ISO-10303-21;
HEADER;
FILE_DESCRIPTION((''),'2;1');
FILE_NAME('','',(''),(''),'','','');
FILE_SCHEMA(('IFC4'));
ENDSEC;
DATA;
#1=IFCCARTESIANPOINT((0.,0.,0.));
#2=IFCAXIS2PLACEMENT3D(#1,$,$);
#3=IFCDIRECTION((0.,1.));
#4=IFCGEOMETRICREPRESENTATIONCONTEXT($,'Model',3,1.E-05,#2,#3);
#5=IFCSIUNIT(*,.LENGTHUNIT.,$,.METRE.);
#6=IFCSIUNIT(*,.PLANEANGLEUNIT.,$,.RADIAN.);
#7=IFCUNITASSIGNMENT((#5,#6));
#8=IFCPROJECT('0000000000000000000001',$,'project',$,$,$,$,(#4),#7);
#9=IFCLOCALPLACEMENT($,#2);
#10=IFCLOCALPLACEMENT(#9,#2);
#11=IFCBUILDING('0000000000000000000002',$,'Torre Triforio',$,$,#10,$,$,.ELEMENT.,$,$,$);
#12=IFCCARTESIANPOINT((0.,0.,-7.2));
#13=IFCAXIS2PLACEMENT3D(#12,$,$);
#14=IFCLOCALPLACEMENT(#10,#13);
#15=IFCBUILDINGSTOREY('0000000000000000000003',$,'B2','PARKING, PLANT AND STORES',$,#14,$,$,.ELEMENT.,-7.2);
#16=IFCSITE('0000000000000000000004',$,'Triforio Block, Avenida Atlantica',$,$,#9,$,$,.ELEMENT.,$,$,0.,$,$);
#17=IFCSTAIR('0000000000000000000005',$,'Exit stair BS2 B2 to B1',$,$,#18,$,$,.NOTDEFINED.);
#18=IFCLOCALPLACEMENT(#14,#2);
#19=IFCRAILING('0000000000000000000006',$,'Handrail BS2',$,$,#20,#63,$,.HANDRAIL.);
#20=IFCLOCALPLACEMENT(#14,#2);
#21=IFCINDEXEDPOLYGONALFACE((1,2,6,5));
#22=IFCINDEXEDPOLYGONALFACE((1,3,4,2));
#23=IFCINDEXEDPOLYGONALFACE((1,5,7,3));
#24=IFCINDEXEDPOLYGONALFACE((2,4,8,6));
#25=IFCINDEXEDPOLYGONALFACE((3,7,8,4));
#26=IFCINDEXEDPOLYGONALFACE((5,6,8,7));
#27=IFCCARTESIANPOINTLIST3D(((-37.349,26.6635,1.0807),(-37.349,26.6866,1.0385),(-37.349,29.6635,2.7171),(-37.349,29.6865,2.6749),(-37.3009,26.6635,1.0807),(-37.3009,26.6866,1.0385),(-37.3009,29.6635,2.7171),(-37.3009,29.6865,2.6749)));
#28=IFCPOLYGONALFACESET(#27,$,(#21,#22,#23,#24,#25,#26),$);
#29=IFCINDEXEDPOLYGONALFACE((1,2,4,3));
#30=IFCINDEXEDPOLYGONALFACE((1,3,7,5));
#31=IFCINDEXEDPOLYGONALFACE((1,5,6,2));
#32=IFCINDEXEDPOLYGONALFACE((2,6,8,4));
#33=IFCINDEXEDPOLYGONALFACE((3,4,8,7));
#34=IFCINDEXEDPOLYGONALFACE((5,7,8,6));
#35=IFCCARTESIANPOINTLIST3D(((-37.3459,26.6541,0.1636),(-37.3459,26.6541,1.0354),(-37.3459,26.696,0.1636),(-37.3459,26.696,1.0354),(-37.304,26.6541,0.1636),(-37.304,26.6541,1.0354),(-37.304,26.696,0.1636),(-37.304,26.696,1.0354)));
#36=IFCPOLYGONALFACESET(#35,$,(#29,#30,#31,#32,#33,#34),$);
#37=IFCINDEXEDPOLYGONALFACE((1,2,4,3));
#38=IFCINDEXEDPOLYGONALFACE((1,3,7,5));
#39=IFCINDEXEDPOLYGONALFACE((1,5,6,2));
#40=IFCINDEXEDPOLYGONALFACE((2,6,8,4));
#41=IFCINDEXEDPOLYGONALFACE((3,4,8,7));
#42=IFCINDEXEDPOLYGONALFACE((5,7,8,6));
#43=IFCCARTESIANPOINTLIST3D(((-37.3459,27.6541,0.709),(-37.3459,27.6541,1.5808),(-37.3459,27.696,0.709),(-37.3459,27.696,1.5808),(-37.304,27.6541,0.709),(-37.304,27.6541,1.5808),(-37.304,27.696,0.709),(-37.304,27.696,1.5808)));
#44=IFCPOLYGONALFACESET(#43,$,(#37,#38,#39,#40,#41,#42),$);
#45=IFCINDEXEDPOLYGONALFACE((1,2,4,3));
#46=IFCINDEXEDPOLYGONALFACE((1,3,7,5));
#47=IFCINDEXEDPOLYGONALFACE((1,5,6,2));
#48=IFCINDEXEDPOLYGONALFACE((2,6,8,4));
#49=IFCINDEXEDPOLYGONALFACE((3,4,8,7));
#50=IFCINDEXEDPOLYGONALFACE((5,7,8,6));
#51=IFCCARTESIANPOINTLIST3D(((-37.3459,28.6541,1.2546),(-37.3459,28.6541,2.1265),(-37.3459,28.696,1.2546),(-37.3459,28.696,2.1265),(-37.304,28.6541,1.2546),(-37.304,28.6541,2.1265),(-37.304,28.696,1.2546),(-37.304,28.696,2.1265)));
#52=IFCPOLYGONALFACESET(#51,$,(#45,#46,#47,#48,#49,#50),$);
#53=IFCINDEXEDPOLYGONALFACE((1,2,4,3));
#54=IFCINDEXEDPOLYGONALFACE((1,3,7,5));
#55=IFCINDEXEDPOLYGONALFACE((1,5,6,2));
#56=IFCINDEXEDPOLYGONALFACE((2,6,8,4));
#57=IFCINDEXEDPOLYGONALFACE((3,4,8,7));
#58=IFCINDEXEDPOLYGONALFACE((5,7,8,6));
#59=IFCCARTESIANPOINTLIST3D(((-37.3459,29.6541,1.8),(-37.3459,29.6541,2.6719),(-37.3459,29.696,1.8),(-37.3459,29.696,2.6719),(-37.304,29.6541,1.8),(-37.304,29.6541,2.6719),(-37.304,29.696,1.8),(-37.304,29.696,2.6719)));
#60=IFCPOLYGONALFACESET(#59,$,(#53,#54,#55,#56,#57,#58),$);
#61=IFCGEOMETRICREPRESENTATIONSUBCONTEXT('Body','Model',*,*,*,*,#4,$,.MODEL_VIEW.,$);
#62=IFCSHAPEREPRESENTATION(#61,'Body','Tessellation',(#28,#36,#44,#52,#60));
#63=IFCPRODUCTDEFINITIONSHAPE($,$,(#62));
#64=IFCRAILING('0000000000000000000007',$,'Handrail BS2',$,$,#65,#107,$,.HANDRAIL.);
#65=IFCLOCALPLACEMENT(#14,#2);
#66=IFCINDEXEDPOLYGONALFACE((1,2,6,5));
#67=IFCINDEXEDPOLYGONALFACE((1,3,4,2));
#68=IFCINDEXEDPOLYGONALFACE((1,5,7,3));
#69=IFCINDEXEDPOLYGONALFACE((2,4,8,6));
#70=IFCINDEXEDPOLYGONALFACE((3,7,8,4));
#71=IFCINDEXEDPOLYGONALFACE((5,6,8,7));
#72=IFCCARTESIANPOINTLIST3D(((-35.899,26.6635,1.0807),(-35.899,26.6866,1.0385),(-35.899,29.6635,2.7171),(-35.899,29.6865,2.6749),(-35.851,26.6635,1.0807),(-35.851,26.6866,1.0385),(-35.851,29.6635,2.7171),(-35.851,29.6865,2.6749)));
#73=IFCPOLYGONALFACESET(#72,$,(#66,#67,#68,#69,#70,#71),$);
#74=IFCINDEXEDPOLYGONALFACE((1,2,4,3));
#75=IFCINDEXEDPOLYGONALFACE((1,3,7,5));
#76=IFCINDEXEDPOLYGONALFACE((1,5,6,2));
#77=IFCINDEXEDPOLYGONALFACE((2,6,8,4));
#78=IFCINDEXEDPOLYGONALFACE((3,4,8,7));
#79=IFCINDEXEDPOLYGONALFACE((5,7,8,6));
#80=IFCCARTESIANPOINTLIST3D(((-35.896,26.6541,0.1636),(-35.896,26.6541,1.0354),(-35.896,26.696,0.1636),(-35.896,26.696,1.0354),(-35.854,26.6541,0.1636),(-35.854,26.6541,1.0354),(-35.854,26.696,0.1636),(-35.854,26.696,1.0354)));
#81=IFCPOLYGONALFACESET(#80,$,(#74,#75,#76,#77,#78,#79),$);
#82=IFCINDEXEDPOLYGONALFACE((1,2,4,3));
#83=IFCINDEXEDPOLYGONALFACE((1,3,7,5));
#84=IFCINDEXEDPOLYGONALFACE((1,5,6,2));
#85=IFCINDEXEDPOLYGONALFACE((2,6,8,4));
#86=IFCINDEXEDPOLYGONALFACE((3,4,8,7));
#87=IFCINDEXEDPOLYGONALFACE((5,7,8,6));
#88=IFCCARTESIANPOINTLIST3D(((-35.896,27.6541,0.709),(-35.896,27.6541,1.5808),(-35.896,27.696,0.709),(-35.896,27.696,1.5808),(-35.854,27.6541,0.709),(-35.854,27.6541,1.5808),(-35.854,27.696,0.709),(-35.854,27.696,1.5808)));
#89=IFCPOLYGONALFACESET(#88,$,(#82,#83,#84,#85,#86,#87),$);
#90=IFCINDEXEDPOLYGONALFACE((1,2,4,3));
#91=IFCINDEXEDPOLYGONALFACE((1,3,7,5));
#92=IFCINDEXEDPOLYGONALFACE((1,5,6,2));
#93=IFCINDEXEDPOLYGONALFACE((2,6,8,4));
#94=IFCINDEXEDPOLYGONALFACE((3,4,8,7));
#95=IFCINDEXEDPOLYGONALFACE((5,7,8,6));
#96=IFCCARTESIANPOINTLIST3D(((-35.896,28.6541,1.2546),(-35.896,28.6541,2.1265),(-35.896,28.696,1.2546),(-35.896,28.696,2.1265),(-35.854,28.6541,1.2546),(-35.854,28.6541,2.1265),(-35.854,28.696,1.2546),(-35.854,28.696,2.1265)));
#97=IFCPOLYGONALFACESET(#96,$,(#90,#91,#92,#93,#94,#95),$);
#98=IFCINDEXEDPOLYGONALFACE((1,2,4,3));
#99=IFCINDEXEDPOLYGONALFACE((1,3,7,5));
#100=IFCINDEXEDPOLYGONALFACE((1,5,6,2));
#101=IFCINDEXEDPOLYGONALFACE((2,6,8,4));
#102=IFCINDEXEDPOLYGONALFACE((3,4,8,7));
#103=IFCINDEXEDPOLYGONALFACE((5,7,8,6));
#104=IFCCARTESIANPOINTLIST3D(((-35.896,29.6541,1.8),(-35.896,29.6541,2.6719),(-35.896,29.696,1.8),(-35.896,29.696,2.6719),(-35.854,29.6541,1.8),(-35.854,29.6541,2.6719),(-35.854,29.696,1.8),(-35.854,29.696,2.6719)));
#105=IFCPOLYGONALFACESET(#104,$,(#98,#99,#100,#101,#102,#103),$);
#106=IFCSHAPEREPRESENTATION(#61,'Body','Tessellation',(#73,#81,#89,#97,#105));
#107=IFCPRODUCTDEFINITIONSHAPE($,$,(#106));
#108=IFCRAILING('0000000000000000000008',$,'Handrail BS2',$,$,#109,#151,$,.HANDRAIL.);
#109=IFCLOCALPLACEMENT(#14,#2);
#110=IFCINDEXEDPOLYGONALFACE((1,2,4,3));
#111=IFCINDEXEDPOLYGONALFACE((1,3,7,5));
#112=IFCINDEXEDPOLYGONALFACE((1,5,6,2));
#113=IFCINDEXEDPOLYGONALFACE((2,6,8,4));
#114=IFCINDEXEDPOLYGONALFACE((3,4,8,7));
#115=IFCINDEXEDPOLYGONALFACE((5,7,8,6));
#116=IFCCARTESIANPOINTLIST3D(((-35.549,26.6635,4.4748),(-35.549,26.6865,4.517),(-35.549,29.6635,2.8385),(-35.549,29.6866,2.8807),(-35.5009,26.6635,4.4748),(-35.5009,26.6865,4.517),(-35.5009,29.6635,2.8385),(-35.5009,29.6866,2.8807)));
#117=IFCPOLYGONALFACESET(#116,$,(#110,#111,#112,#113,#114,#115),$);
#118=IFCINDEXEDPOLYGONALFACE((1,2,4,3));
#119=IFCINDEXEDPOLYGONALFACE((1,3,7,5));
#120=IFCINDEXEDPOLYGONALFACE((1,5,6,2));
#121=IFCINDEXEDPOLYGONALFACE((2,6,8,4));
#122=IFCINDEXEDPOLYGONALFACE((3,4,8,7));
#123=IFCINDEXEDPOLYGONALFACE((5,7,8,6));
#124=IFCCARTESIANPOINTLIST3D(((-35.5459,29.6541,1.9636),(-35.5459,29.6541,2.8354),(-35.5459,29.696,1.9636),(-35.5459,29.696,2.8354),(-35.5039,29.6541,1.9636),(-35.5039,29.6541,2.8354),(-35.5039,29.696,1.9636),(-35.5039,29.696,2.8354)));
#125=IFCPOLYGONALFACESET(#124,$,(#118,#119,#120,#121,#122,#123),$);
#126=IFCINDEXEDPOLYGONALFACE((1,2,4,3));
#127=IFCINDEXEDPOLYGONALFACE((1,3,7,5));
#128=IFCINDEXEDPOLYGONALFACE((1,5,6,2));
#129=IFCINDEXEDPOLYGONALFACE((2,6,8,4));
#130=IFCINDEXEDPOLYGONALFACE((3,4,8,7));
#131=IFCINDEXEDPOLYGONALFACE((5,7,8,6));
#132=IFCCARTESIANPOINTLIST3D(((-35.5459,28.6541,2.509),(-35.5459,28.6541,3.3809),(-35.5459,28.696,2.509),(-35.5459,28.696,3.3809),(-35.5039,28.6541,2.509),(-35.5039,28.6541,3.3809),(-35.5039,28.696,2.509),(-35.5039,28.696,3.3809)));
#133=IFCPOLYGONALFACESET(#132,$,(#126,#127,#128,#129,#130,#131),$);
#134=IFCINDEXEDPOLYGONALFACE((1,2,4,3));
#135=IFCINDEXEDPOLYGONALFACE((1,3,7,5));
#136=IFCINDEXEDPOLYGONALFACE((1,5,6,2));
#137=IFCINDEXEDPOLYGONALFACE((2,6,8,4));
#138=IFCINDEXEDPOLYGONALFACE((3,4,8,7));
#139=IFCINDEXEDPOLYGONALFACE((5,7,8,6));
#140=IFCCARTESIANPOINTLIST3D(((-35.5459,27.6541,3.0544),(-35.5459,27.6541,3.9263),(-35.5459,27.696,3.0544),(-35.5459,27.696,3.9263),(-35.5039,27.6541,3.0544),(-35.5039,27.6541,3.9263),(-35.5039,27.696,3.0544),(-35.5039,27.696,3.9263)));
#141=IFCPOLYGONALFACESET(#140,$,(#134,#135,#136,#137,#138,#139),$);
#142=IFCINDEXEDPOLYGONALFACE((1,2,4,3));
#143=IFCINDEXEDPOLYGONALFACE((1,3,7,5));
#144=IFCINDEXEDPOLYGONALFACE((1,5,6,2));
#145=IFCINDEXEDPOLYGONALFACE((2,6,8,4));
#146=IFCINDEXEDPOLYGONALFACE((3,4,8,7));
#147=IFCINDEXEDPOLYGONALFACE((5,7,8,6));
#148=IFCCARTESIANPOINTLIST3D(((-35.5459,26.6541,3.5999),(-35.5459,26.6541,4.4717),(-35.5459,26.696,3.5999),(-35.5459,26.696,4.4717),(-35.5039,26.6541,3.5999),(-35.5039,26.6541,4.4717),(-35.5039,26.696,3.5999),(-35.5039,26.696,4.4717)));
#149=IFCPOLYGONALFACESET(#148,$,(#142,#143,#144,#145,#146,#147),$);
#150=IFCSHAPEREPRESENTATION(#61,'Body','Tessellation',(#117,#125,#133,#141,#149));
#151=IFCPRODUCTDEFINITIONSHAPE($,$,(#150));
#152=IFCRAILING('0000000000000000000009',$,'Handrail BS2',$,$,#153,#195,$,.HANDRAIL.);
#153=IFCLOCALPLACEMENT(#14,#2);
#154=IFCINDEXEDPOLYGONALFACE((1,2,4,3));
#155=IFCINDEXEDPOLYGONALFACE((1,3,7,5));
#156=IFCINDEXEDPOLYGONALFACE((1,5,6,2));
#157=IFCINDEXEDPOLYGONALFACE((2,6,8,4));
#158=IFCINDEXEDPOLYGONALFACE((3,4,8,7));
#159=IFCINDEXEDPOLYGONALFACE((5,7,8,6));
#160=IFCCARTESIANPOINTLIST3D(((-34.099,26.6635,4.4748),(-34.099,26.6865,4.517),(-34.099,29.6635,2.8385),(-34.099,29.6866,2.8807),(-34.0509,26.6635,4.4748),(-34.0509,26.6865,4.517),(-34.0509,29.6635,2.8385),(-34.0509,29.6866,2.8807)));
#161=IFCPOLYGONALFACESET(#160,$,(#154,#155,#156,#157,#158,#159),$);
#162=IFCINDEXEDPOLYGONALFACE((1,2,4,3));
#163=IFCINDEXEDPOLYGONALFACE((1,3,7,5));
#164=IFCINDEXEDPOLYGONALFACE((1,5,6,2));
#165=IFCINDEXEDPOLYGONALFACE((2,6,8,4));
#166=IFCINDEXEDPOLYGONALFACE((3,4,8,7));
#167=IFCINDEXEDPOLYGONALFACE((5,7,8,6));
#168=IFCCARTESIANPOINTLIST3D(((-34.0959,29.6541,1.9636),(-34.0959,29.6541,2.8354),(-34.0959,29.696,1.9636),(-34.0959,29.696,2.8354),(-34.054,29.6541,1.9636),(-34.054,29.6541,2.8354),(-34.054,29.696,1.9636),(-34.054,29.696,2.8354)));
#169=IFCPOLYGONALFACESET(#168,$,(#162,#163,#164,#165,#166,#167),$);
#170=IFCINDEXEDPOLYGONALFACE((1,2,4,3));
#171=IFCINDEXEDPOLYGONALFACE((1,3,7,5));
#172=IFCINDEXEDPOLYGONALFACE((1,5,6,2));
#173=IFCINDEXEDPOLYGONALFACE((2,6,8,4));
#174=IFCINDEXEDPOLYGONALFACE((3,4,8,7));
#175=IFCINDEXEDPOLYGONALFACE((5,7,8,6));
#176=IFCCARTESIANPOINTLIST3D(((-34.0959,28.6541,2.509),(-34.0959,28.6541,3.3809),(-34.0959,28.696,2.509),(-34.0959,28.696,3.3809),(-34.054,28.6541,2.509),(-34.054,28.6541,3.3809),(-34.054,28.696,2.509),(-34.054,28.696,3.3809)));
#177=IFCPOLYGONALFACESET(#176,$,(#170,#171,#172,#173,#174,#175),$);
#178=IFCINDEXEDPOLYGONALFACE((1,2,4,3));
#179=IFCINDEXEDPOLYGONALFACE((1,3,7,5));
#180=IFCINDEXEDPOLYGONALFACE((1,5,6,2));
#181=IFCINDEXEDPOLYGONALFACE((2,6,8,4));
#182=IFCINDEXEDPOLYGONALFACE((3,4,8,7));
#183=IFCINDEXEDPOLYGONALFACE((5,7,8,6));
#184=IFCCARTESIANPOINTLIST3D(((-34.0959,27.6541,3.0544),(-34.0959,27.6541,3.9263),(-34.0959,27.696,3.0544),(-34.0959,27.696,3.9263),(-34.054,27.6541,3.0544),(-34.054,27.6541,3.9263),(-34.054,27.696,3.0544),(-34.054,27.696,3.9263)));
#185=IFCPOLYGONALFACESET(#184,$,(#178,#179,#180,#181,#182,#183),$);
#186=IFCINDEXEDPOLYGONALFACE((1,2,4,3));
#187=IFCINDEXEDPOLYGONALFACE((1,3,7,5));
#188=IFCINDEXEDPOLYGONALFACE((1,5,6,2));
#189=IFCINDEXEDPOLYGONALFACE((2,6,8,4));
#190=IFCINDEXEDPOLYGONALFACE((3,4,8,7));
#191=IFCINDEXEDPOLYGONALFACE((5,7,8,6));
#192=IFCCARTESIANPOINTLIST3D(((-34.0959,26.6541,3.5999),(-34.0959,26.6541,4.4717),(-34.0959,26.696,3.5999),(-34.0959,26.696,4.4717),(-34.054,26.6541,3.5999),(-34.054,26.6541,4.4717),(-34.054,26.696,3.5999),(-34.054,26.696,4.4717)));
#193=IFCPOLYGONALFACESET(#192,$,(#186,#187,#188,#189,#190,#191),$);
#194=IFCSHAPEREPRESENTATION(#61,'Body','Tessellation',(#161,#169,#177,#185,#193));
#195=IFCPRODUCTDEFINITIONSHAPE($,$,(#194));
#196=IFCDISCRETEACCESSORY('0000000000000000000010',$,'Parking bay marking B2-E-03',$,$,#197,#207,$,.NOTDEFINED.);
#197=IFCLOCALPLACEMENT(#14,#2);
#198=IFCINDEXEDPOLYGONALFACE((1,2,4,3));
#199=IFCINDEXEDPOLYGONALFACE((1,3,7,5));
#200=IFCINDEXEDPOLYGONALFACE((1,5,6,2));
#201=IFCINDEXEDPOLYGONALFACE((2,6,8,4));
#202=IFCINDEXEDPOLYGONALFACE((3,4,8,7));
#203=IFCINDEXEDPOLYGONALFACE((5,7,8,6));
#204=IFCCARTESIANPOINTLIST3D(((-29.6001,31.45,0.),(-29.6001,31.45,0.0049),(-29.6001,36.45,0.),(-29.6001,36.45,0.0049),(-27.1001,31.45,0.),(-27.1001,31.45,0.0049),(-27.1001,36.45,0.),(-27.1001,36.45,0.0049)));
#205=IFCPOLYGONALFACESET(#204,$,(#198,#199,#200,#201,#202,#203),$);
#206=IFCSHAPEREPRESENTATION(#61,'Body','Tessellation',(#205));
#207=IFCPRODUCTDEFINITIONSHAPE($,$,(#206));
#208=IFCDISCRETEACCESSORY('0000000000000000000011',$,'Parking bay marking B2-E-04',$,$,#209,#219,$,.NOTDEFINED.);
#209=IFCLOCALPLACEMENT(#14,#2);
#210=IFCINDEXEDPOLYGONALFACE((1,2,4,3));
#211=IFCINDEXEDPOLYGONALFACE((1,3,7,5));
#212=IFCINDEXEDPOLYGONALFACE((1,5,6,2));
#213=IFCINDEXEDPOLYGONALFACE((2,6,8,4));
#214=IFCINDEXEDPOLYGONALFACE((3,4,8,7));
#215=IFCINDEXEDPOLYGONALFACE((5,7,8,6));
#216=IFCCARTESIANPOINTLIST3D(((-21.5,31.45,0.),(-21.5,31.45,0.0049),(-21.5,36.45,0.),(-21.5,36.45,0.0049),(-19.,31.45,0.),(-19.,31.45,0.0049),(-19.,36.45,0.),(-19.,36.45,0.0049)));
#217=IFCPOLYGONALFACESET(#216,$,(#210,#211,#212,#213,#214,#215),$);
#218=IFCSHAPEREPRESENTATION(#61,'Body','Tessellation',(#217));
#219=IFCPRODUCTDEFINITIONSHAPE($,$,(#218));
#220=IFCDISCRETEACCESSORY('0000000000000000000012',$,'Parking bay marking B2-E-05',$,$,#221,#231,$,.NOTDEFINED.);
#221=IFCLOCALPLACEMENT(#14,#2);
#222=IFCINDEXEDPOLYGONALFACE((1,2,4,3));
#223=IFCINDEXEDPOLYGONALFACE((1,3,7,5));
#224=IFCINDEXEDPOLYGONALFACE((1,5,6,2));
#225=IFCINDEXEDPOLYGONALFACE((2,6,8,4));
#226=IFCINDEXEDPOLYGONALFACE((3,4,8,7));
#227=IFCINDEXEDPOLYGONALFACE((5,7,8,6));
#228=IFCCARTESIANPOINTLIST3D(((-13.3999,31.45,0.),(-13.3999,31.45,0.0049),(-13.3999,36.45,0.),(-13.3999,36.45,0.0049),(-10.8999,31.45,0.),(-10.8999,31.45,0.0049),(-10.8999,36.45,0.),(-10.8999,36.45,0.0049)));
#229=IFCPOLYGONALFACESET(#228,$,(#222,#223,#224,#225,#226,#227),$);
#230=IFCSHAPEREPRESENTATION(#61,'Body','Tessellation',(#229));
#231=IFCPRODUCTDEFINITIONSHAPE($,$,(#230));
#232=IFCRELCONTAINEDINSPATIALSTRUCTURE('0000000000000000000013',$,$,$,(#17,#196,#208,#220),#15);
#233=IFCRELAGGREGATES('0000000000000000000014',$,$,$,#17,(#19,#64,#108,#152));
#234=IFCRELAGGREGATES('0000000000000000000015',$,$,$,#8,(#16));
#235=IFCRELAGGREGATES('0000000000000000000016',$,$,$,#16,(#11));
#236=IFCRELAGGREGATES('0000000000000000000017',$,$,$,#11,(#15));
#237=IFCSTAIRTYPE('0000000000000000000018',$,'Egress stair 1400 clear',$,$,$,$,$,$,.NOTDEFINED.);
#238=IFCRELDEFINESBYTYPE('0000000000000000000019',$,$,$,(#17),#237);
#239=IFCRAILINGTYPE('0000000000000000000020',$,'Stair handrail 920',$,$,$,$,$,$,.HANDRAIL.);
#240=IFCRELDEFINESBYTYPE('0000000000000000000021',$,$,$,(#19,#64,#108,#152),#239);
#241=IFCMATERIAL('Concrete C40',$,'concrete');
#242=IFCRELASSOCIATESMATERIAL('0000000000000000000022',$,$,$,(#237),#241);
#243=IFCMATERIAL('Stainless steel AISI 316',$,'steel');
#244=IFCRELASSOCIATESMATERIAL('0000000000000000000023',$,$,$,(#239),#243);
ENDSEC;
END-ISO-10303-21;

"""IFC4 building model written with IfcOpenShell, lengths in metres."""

from ifc_helpers import new_model, si_unit, direction, frame, origin, origin_2d, place, context, subcontext, project, spatial, rectangle, extrude, material, type_object, element, aggregate, save


model = new_model("IFC4")

# Units and contexts
model_context = context("Model", 3, precision=1e-05, world=origin(), true_north=direction((0.0, 1.0)))
body_context = subcontext(model_context, "Body", "Model", "MODEL_VIEW")
ifc_project = project(units=[si_unit("LENGTHUNIT", "METRE"), si_unit("PLANEANGLEUNIT", "RADIAN")], contexts=[model_context])

# Site, building, storey
site_placement = place(None, origin())
site = spatial("IfcSite", under=ifc_project, at=site_placement, Name="Triforio Block, Avenida Atlantica", CompositionType="ELEMENT", RefElevation=0.0)
building_placement = place(site_placement, origin())
building = spatial("IfcBuilding", under=site, at=building_placement, Name="Torre Triforio", CompositionType="ELEMENT")
storey_placement = place(building_placement, frame((0.0, 0.0, -7.2)))
storey = spatial("IfcBuildingStorey", under=building, at=storey_placement, Name="B2", Description="PARKING, PLANT AND STORES", CompositionType="ELEMENT", Elevation=-7.2)

# Shared definitions
ifc_material_1 = material(Name="Concrete C40", Category="concrete")

# Stair, railings
stair_type = type_object("IfcStairType", Name="Egress stair 1400 clear", PredefinedType="NOTDEFINED", material=ifc_material_1)
stair_placement = place(storey_placement, origin())
stair = element("IfcStair", 1, at=stair_placement, inside=storey, type_object=stair_type, Name="Exit stair BS2 B2 to B1", PredefinedType="NOTDEFINED")
ifc_material_2 = material(Name="Stainless steel AISI 316", Category="steel")
railing_type = type_object("IfcRailingType", Name="Stair handrail 920", PredefinedType="HANDRAIL", material=ifc_material_2)
railing_1_placement = place(storey_placement, frame((-37.325, 26.675, 0.1636)))
railing_1 = element("IfcRailing", 2, at=railing_1_placement, type_object=railing_type, Name="Handrail BS2", PredefinedType="HANDRAIL", context=body_context, shape_type="SweptSolid", body=[
    extrude(rectangle(XDim=0.0481, YDim=0.0481, at=origin_2d()), frame((0.0, 0.0, 0.896), z_axis=(0.0, 0.877882, 0.478877), x_axis=(-1.0, 0.0, 0.0)), (0.0, 0.0, 1.0), 3.4172),
    extrude(rectangle(XDim=0.042, YDim=0.042, at=origin_2d()), origin(), (0.0, 0.0, 1.0), 0.8718),
    extrude(rectangle(XDim=0.042, YDim=0.042, at=origin_2d()), frame((0.0, 1.0, 0.5454)), (0.0, 0.0, 1.0), 0.8718),
    extrude(rectangle(XDim=0.042, YDim=0.042, at=origin_2d()), frame((0.0, 2.0, 1.0911)), (0.0, 0.0, 1.0), 0.8718),
    extrude(rectangle(XDim=0.042, YDim=0.042, at=origin_2d()), frame((0.0, 3.0, 1.6365)), (0.0, 0.0, 1.0), 0.8718),
])
railing_2_placement = place(storey_placement, frame((-35.875, 26.675, 0.1636)))
railing_2 = element("IfcRailing", 3, at=railing_2_placement, type_object=railing_type, Name="Handrail BS2", PredefinedType="HANDRAIL", context=body_context, shape_type="SweptSolid", body=[
    extrude(rectangle(XDim=0.0481, YDim=0.0481, at=origin_2d()), frame((0.0, 0.0, 0.896), z_axis=(0.0, 0.877882, 0.478877), x_axis=(-1.0, 0.0, 0.0)), (0.0, 0.0, 1.0), 3.4172),
    extrude(rectangle(XDim=0.042, YDim=0.042, at=origin_2d()), origin(), (0.0, 0.0, 1.0), 0.8718),
    extrude(rectangle(XDim=0.042, YDim=0.042, at=origin_2d()), frame((0.0, 1.0, 0.5454)), (0.0, 0.0, 1.0), 0.8718),
    extrude(rectangle(XDim=0.042, YDim=0.042, at=origin_2d()), frame((0.0, 2.0, 1.0911)), (0.0, 0.0, 1.0), 0.8718),
    extrude(rectangle(XDim=0.042, YDim=0.042, at=origin_2d()), frame((0.0, 3.0, 1.6365)), (0.0, 0.0, 1.0), 0.8718),
])
railing_3_placement = place(storey_placement, frame((-35.5249, 29.675, 1.9636)))
railing_3 = element("IfcRailing", 4, at=railing_3_placement, type_object=railing_type, Name="Handrail BS2", PredefinedType="HANDRAIL", context=body_context, shape_type="SweptSolid", body=[
    extrude(rectangle(XDim=0.0481, YDim=0.0481, at=origin_2d()), frame((0.0, 0.0, 0.896), z_axis=(0.0, -0.877912, 0.478822), x_axis=(1.0, 0.0, 0.0)), (0.0, 0.0, 1.0), 3.4172),
    extrude(rectangle(XDim=0.042, YDim=0.042, at=origin_2d()), origin(), (0.0, 0.0, 1.0), 0.8718),
    extrude(rectangle(XDim=0.042, YDim=0.042, at=origin_2d()), frame((0.0, -1.0, 0.5454)), (0.0, 0.0, 1.0), 0.8718),
    extrude(rectangle(XDim=0.042, YDim=0.042, at=origin_2d()), frame((0.0, -2.0, 1.0908)), (0.0, 0.0, 1.0), 0.8718),
    extrude(rectangle(XDim=0.042, YDim=0.042, at=origin_2d()), frame((0.0, -3.0, 1.6362)), (0.0, 0.0, 1.0), 0.8718),
])
railing_4_placement = place(storey_placement, frame((-34.075, 29.675, 1.9636)))
railing_4 = element("IfcRailing", 5, at=railing_4_placement, type_object=railing_type, Name="Handrail BS2", PredefinedType="HANDRAIL", context=body_context, shape_type="SweptSolid", body=[
    extrude(rectangle(XDim=0.0481, YDim=0.0481, at=origin_2d()), frame((0.0, 0.0, 0.896), z_axis=(0.0, -0.877912, 0.478822), x_axis=(1.0, 0.0, 0.0)), (0.0, 0.0, 1.0), 3.4172),
    extrude(rectangle(XDim=0.042, YDim=0.042, at=origin_2d()), origin(), (0.0, 0.0, 1.0), 0.8718),
    extrude(rectangle(XDim=0.042, YDim=0.042, at=origin_2d()), frame((0.0, -1.0, 0.5454)), (0.0, 0.0, 1.0), 0.8718),
    extrude(rectangle(XDim=0.042, YDim=0.042, at=origin_2d()), frame((0.0, -2.0, 1.0908)), (0.0, 0.0, 1.0), 0.8718),
    extrude(rectangle(XDim=0.042, YDim=0.042, at=origin_2d()), frame((0.0, -3.0, 1.6362)), (0.0, 0.0, 1.0), 0.8718),
])
aggregate(stair, [railing_1, railing_2, railing_3, railing_4])

# Discrete accessories
for number, where, z_axis, x_axis, name in (
    (6, (-28.3501, 33.95, 0.0), (0.0, 0.0, 1.0), (1.0, 0.0, 0.0), "Parking bay marking B2-E-03"),
    (7, (-20.25, 33.95, 0.0), (0.0, 0.0, 1.0), (1.0, 0.0, 0.0), "Parking bay marking B2-E-04"),
    (8, (-12.1499, 33.95, 0.0), (0.0, 0.0, 1.0), (1.0, 0.0, 0.0), "Parking bay marking B2-E-05"),
):
    element("IfcDiscreteAccessory", number, at=place(storey_placement, frame(where, z_axis=z_axis, x_axis=x_axis)), inside=storey, Name=name, PredefinedType="NOTDEFINED", context=body_context, shape_type="SweptSolid", body=[
        extrude(rectangle(XDim=2.5, YDim=5.0, at=origin_2d()), origin(), (0.0, 0.0, 1.0), 0.0049),
    ])

save(model, "model.ifc")
